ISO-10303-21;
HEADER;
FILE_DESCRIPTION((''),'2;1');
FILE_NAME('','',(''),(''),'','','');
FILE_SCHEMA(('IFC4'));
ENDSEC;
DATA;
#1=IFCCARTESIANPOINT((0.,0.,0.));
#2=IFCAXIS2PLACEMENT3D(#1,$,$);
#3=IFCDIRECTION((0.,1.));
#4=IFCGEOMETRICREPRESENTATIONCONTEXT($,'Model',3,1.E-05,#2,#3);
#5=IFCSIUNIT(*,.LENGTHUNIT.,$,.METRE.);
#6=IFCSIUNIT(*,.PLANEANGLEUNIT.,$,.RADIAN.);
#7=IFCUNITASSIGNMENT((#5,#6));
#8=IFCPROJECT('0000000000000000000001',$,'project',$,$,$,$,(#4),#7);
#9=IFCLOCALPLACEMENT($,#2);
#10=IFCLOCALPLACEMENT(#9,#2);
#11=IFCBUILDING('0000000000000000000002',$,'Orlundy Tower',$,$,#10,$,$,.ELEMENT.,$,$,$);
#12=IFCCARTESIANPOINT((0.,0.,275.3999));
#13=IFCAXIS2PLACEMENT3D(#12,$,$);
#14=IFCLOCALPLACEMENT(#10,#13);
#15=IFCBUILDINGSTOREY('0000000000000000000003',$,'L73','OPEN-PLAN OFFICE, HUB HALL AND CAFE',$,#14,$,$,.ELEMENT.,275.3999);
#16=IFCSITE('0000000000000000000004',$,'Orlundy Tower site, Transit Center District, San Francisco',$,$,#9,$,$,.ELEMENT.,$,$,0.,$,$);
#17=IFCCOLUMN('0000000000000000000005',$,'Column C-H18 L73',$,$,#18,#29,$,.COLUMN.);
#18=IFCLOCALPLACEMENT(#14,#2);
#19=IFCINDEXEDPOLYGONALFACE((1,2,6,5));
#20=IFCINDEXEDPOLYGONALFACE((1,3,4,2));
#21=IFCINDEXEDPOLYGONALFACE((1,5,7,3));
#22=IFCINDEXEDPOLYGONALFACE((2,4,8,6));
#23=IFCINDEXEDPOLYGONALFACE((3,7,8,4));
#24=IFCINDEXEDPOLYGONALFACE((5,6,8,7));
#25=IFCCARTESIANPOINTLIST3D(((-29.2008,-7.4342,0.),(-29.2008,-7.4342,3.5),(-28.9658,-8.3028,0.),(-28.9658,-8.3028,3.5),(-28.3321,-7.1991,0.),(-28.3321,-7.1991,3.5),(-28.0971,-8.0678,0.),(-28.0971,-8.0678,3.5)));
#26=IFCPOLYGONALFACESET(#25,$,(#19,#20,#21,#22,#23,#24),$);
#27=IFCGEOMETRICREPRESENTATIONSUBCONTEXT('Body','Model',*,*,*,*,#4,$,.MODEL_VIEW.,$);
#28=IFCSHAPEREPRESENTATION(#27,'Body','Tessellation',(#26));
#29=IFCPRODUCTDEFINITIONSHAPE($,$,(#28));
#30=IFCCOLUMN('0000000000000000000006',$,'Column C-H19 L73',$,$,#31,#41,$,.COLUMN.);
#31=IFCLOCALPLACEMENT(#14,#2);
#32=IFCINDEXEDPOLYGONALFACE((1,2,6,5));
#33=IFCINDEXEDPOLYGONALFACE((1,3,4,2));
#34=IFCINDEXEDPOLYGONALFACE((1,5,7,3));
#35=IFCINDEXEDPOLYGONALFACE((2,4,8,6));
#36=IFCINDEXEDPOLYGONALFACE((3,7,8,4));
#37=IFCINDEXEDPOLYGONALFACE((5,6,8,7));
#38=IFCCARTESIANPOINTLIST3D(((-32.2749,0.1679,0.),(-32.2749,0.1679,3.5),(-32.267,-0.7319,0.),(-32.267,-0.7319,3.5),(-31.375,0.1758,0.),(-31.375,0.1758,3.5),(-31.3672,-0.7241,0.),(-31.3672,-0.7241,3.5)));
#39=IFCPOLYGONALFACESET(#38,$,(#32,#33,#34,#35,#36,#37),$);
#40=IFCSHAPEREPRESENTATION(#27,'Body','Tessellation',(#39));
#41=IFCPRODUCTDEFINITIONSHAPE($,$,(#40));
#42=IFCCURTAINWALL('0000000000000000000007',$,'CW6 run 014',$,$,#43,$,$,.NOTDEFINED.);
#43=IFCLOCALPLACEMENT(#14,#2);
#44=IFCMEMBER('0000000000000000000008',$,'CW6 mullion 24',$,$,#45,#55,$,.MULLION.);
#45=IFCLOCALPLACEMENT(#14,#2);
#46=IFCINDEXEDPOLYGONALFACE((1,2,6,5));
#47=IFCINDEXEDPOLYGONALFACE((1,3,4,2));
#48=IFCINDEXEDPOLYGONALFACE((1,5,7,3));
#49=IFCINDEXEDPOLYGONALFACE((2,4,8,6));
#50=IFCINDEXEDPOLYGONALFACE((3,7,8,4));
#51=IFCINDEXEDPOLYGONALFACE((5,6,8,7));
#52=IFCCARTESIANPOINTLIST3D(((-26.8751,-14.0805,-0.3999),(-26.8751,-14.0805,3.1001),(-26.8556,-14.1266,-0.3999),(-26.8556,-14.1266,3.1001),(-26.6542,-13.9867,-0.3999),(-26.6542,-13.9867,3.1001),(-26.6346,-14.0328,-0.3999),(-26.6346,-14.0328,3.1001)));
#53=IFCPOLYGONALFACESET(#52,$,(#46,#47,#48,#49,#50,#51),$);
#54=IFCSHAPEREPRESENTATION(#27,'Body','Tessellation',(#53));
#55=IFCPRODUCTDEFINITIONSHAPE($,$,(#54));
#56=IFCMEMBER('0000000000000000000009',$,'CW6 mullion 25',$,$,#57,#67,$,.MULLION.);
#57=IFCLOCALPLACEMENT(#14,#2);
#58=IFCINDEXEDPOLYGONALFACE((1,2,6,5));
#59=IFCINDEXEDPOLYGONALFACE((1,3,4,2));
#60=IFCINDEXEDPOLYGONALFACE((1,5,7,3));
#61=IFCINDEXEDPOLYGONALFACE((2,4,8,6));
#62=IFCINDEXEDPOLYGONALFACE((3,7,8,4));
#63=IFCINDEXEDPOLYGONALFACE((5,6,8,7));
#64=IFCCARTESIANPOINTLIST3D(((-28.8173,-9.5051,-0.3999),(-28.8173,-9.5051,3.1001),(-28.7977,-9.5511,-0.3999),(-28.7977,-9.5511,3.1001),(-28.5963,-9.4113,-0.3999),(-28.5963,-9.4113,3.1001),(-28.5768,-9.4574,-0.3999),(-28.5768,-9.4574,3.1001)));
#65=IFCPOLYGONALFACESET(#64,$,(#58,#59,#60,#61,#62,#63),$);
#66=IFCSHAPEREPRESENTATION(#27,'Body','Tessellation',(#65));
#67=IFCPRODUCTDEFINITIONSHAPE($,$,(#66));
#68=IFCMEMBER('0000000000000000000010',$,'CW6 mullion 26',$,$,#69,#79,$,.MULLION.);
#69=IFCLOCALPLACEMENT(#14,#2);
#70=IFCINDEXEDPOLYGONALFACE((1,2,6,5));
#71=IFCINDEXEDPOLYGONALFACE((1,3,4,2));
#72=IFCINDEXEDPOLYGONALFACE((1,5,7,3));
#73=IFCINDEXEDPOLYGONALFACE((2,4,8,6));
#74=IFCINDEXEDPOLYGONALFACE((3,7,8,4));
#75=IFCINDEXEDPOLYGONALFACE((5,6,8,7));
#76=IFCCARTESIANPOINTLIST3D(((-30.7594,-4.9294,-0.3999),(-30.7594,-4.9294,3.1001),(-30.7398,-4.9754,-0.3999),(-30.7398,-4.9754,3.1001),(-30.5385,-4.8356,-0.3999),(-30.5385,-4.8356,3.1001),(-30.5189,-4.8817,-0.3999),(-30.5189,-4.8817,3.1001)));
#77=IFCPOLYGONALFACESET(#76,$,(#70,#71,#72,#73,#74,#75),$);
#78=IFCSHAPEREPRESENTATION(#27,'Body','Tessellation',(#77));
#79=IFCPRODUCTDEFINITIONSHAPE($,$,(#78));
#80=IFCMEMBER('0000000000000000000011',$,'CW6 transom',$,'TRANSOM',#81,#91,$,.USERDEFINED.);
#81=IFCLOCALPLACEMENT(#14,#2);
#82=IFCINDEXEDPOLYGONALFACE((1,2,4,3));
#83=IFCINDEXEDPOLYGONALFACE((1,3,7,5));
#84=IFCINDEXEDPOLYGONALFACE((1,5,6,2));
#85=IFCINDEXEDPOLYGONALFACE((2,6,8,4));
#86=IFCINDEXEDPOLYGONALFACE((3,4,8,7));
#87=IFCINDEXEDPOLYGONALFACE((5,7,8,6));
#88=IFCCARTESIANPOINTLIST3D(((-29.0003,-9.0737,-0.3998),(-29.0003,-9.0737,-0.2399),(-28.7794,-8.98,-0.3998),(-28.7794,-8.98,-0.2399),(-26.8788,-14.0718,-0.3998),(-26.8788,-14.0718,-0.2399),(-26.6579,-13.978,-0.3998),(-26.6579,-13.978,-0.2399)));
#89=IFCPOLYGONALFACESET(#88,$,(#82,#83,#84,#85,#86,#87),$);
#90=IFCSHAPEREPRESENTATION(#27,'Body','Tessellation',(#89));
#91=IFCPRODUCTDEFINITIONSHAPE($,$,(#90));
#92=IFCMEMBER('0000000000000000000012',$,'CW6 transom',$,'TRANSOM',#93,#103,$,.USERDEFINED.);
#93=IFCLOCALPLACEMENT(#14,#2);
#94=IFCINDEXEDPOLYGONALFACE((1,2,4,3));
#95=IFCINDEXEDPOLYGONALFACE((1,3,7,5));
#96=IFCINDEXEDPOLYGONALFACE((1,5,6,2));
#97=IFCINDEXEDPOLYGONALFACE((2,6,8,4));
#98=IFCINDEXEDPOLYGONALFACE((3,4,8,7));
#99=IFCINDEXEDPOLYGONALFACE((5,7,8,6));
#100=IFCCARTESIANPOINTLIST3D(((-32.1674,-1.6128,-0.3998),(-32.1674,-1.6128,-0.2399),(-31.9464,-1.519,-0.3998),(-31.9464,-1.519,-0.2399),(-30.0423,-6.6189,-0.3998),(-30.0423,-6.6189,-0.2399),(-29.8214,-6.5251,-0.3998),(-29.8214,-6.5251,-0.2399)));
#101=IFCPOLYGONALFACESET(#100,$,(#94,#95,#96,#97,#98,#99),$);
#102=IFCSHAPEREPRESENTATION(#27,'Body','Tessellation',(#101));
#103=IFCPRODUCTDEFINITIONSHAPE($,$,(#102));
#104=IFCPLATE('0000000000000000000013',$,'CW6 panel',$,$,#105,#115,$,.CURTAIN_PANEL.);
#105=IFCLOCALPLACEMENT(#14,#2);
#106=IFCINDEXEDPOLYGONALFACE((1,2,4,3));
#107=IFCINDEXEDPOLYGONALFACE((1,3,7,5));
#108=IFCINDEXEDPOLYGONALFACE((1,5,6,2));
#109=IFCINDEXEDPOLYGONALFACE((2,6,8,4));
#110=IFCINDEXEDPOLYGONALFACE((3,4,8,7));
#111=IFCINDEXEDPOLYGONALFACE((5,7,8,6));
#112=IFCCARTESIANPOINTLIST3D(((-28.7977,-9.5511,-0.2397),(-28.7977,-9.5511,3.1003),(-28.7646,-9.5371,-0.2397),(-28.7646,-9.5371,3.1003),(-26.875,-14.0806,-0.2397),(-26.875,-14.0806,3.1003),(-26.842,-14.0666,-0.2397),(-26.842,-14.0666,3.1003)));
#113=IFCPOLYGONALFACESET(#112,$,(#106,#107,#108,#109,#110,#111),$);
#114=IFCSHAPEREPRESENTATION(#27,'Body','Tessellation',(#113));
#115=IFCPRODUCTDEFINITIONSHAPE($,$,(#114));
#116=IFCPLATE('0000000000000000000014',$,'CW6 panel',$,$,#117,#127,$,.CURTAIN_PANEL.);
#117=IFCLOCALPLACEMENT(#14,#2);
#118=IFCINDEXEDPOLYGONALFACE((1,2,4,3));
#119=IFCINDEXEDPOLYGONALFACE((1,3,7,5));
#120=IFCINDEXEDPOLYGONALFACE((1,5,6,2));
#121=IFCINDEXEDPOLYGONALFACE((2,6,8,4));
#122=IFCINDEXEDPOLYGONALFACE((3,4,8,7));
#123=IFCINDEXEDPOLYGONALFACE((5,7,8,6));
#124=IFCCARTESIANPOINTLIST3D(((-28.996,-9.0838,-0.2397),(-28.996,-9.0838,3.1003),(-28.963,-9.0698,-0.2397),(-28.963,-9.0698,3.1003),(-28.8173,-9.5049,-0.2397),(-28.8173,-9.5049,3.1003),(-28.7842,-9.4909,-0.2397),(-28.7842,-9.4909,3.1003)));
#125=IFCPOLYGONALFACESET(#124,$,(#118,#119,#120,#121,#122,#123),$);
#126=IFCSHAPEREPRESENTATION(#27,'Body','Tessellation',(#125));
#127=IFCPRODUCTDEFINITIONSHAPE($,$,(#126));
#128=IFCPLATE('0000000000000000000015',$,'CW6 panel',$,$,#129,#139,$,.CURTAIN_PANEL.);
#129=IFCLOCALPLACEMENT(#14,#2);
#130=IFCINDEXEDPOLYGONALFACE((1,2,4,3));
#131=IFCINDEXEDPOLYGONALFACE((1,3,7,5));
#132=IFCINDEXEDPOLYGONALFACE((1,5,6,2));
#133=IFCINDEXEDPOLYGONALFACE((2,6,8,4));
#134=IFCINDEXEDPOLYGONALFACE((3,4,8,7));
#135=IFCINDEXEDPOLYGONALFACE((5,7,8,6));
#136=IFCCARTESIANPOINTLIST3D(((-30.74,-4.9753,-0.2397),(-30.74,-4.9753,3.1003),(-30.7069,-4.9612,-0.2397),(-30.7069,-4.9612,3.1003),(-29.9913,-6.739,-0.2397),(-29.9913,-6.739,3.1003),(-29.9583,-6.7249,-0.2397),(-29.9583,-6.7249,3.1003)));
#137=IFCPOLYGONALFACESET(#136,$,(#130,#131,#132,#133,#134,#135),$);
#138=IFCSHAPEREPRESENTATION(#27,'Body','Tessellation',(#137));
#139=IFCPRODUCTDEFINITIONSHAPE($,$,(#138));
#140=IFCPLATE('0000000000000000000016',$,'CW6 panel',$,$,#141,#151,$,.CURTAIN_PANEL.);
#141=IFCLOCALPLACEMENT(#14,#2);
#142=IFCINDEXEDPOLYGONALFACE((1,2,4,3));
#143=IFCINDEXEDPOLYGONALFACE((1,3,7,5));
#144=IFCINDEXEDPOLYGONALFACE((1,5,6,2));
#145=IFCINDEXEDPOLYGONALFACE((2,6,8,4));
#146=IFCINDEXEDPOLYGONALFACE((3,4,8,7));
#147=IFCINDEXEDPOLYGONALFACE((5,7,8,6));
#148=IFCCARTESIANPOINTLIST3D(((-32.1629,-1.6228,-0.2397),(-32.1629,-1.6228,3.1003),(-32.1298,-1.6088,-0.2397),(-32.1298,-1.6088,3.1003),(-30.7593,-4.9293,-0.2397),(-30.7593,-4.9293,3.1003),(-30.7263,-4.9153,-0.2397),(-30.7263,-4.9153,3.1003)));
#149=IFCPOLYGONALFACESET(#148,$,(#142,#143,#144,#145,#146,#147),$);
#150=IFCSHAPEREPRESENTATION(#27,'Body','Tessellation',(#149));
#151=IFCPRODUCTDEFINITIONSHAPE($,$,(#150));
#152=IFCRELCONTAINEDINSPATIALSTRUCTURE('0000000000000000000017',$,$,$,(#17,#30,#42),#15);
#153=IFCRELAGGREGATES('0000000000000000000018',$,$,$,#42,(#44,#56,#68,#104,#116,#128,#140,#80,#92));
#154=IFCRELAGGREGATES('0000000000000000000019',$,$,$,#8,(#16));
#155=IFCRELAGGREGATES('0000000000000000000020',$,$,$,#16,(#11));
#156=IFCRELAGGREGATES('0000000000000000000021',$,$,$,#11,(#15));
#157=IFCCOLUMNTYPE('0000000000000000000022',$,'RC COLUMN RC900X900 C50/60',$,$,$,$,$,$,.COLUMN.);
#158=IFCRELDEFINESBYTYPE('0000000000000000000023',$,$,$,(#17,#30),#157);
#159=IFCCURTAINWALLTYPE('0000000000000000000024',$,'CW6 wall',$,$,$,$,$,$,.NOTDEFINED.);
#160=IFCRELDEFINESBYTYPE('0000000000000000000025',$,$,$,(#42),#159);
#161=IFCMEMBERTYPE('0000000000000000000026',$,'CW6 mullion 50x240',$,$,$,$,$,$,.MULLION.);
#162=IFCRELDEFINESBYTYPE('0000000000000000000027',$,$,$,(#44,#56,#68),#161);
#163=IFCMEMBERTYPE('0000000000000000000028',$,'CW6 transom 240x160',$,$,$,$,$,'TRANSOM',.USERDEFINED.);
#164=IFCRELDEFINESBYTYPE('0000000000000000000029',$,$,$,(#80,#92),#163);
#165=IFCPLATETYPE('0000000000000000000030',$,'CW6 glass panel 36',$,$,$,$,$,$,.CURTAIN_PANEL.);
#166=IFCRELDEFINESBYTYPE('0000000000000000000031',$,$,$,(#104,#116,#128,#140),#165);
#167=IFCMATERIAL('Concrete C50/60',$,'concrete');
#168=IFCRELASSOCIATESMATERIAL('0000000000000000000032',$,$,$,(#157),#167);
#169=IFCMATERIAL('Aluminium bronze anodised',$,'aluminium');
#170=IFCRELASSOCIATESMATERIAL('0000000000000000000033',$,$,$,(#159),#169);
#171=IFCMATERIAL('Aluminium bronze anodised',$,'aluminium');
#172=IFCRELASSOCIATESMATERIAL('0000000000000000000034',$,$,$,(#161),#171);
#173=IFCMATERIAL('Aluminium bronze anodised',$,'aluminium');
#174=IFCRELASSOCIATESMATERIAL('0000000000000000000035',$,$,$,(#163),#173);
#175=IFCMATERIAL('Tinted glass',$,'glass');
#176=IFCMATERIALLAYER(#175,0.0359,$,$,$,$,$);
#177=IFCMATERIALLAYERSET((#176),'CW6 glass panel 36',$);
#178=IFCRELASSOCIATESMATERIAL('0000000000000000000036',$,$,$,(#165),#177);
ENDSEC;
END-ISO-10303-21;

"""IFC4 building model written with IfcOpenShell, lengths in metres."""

from ifc_helpers import new_model, si_unit, direction, frame, origin, origin_2d, place, context, subcontext, project, spatial, rectangle, extrude, material, layer, layer_set, material_profile, profile_set, type_object, element, aggregate, save


model = new_model("IFC4")

# Units and contexts
model_context = context("Model", 3, precision=1e-05, world=origin(), true_north=direction((0.0, 1.0)))
body_context = subcontext(model_context, "Body", "Model", "MODEL_VIEW")
ifc_project = project(units=[si_unit("LENGTHUNIT", "METRE"), si_unit("PLANEANGLEUNIT", "RADIAN")], contexts=[model_context])

# Site, building, storey
site_placement = place(None, origin())
site = spatial("IfcSite", under=ifc_project, at=site_placement, Name="Orlundy Tower site, Transit Center District, San Francisco", CompositionType="ELEMENT", RefElevation=0.0)
building_placement = place(site_placement, origin())
building = spatial("IfcBuilding", under=site, at=building_placement, Name="Orlundy Tower", CompositionType="ELEMENT")
storey_placement = place(building_placement, frame((0.0, 0.0, 275.3999)))
storey = spatial("IfcBuildingStorey", under=building, at=storey_placement, Name="L73", Description="OPEN-PLAN OFFICE, HUB HALL AND CAFE", CompositionType="ELEMENT", Elevation=275.3999)

# Columns
ifc_material_1 = material(Name="Concrete C50/60", Category="concrete")
ifc_material_profile_1 = material_profile(ifc_material_1, rectangle(XDim=0.8999, YDim=0.8999, at=origin_2d()), Name="RC900X900")
ifc_profile_set_1 = profile_set([ifc_material_profile_1], Name="Concrete C50/60")
column_type = type_object("IfcColumnType", Name="RC COLUMN RC900X900 C50/60", PredefinedType="COLUMN", material=ifc_profile_set_1)
for number, where, z_axis, x_axis, name in (
    (1, (-28.6489, -7.751, 0.0), (0.0, 0.0, 1.0), (-0.965295, -0.261162, 0.0), "Column C-H18 L73"),
    (2, (-31.821, -0.2781, 0.0), (0.0, 0.0, 1.0), (-0.999962, -0.008744, 0.0), "Column C-H19 L73"),
):
    element("IfcColumn", number, at=place(storey_placement, frame(where, z_axis=z_axis, x_axis=x_axis)), inside=storey, type_object=column_type, Name=name, PredefinedType="COLUMN", context=body_context, shape_type="SweptSolid", body=[
        extrude(rectangle(XDim=0.8999, YDim=0.8999, at=origin_2d()), origin(), (0.0, 0.0, 1.0), 3.5),
    ])

# Curtain wall, members, plates
ifc_material_2 = material(Name="Aluminium bronze anodised", Category="aluminium")
curtain_wall_type = type_object("IfcCurtainWallType", Name="CW6 wall", PredefinedType="NOTDEFINED", material=ifc_material_2)
curtain_wall_placement = place(storey_placement, origin())
curtain_wall = element("IfcCurtainWall", 3, at=curtain_wall_placement, inside=storey, type_object=curtain_wall_type, Name="CW6 run 014", PredefinedType="NOTDEFINED")
ifc_material_3 = material(Name="Aluminium bronze anodised", Category="aluminium")
ifc_material_profile_2 = material_profile(ifc_material_3, rectangle(XDim=0.24, YDim=0.05, at=origin_2d()), Name="CW6 mullion 50x240")
ifc_profile_set_2 = profile_set([ifc_material_profile_2], Name="Aluminium bronze anodised")
member_type_1 = type_object("IfcMemberType", Name="CW6 mullion 50x240", PredefinedType="MULLION", material=ifc_profile_set_2)
member_1_placement = place(storey_placement, frame((-26.7549, -14.0566, -0.3999), z_axis=(0.0, 0.0, 1.0), x_axis=(-0.920507, -0.390727, 0.0)))
member_1 = element("IfcMember", 4, at=member_1_placement, type_object=member_type_1, Name="CW6 mullion 24", PredefinedType="MULLION", context=body_context, shape_type="SweptSolid", body=[
    extrude(rectangle(XDim=0.24, YDim=0.05, at=origin_2d()), origin(), (0.0, 0.0, 1.0), 3.5),
])
member_2_placement = place(storey_placement, frame((-28.697, -9.4812, -0.3999), z_axis=(0.0, 0.0, 1.0), x_axis=(-0.920507, -0.390727, 0.0)))
member_2 = element("IfcMember", 5, at=member_2_placement, type_object=member_type_1, Name="CW6 mullion 25", PredefinedType="MULLION", context=body_context, shape_type="SweptSolid", body=[
    extrude(rectangle(XDim=0.24, YDim=0.05, at=origin_2d()), origin(), (0.0, 0.0, 1.0), 3.5),
])
member_3_placement = place(storey_placement, frame((-30.6392, -4.9055, -0.3999), z_axis=(0.0, 0.0, 1.0), x_axis=(-0.920507, -0.390727, 0.0)))
member_3 = element("IfcMember", 6, at=member_3_placement, type_object=member_type_1, Name="CW6 mullion 26", PredefinedType="MULLION", context=body_context, shape_type="SweptSolid", body=[
    extrude(rectangle(XDim=0.24, YDim=0.05, at=origin_2d()), origin(), (0.0, 0.0, 1.0), 3.5),
])
ifc_material_4 = material(Name="Aluminium bronze anodised", Category="aluminium")
ifc_material_profile_3 = material_profile(ifc_material_4, rectangle(XDim=0.24, YDim=0.1599, at=origin_2d()), Name="CW6 transom 240x160")
ifc_profile_set_3 = profile_set([ifc_material_profile_3], Name="Aluminium bronze anodised")
member_type_2 = type_object("IfcMemberType", Name="CW6 transom 240x160", ElementType="TRANSOM", PredefinedType="USERDEFINED", material=ifc_profile_set_3)
member_4_placement = place(storey_placement, frame((-26.7683, -14.0249, -0.3198), z_axis=(-0.390737, 0.920502, 0.0), x_axis=(-0.920502, -0.390737, 0.0)))
member_4 = element("IfcMember", 7, at=member_4_placement, type_object=member_type_2, Name="CW6 transom", ObjectType="TRANSOM", PredefinedType="USERDEFINED", context=body_context, shape_type="SweptSolid", body=[
    extrude(rectangle(XDim=0.24, YDim=0.1599, at=origin_2d()), origin(), (0.0, 0.0, 1.0), 5.4297),
])
member_5_placement = place(storey_placement, frame((-29.9319, -6.572, -0.3198), z_axis=(-0.390737, 0.920503, 0.0), x_axis=(-0.920503, -0.390737, 0.0)))
member_5 = element("IfcMember", 8, at=member_5_placement, type_object=member_type_2, Name="CW6 transom", ObjectType="TRANSOM", PredefinedType="USERDEFINED", context=body_context, shape_type="SweptSolid", body=[
    extrude(rectangle(XDim=0.24, YDim=0.1599, at=origin_2d()), origin(), (0.0, 0.0, 1.0), 5.4385),
])
ifc_material_5 = material(Name="Tinted glass", Category="glass")
ifc_layer_1 = layer(ifc_material_5, 0.0359)
ifc_layer_set_1 = layer_set([ifc_layer_1], Name="CW6 glass panel 36")
plate_type = type_object("IfcPlateType", Name="CW6 glass panel 36", PredefinedType="CURTAIN_PANEL", material=ifc_layer_set_1)
plate_1_placement = place(storey_placement, frame((-27.8198, -11.8088, -0.2397), z_axis=(0.0, 0.0, 1.0), x_axis=(-0.390727, 0.920507, 0.0)))
plate_1 = element("IfcPlate", 9, at=plate_1_placement, type_object=plate_type, Name="CW6 panel", PredefinedType="CURTAIN_PANEL", context=body_context, shape_type="SweptSolid", body=[
    extrude(rectangle(XDim=4.9207, YDim=0.0359, at=origin_2d()), origin(), (0.0, 0.0, 1.0), 3.3401),
])
plate_2_placement = place(storey_placement, frame((-28.8901, -9.2874, -0.2397), z_axis=(0.0, 0.0, 1.0), x_axis=(-0.390727, 0.920507, 0.0)))
plate_2 = element("IfcPlate", 10, at=plate_2_placement, type_object=plate_type, Name="CW6 panel", PredefinedType="CURTAIN_PANEL", context=body_context, shape_type="SweptSolid", body=[
    extrude(rectangle(XDim=0.4575, YDim=0.0359, at=origin_2d()), origin(), (0.0, 0.0, 1.0), 3.3401),
])
plate_3_placement = place(storey_placement, frame((-30.3491, -5.8501, -0.2397), z_axis=(0.0, 0.0, 1.0), x_axis=(-0.390727, 0.920507, 0.0)))
plate_3 = element("IfcPlate", 11, at=plate_3_placement, type_object=plate_type, Name="CW6 panel", PredefinedType="CURTAIN_PANEL", context=body_context, shape_type="SweptSolid", body=[
    extrude(rectangle(XDim=1.916, YDim=0.0359, at=origin_2d()), origin(), (0.0, 0.0, 1.0), 3.3401),
])
plate_4_placement = place(storey_placement, frame((-31.4446, -3.269, -0.2397), z_axis=(0.0, 0.0, 1.0), x_axis=(-0.390727, 0.920507, 0.0)))
plate_4 = element("IfcPlate", 12, at=plate_4_placement, type_object=plate_type, Name="CW6 panel", PredefinedType="CURTAIN_PANEL", context=body_context, shape_type="SweptSolid", body=[
    extrude(rectangle(XDim=3.592, YDim=0.0359, at=origin_2d()), origin(), (0.0, 0.0, 1.0), 3.3401),
])
aggregate(curtain_wall, [member_1, member_2, member_3, plate_1, plate_2, plate_3, plate_4, member_4, member_5])

save(model, "model.ifc")
